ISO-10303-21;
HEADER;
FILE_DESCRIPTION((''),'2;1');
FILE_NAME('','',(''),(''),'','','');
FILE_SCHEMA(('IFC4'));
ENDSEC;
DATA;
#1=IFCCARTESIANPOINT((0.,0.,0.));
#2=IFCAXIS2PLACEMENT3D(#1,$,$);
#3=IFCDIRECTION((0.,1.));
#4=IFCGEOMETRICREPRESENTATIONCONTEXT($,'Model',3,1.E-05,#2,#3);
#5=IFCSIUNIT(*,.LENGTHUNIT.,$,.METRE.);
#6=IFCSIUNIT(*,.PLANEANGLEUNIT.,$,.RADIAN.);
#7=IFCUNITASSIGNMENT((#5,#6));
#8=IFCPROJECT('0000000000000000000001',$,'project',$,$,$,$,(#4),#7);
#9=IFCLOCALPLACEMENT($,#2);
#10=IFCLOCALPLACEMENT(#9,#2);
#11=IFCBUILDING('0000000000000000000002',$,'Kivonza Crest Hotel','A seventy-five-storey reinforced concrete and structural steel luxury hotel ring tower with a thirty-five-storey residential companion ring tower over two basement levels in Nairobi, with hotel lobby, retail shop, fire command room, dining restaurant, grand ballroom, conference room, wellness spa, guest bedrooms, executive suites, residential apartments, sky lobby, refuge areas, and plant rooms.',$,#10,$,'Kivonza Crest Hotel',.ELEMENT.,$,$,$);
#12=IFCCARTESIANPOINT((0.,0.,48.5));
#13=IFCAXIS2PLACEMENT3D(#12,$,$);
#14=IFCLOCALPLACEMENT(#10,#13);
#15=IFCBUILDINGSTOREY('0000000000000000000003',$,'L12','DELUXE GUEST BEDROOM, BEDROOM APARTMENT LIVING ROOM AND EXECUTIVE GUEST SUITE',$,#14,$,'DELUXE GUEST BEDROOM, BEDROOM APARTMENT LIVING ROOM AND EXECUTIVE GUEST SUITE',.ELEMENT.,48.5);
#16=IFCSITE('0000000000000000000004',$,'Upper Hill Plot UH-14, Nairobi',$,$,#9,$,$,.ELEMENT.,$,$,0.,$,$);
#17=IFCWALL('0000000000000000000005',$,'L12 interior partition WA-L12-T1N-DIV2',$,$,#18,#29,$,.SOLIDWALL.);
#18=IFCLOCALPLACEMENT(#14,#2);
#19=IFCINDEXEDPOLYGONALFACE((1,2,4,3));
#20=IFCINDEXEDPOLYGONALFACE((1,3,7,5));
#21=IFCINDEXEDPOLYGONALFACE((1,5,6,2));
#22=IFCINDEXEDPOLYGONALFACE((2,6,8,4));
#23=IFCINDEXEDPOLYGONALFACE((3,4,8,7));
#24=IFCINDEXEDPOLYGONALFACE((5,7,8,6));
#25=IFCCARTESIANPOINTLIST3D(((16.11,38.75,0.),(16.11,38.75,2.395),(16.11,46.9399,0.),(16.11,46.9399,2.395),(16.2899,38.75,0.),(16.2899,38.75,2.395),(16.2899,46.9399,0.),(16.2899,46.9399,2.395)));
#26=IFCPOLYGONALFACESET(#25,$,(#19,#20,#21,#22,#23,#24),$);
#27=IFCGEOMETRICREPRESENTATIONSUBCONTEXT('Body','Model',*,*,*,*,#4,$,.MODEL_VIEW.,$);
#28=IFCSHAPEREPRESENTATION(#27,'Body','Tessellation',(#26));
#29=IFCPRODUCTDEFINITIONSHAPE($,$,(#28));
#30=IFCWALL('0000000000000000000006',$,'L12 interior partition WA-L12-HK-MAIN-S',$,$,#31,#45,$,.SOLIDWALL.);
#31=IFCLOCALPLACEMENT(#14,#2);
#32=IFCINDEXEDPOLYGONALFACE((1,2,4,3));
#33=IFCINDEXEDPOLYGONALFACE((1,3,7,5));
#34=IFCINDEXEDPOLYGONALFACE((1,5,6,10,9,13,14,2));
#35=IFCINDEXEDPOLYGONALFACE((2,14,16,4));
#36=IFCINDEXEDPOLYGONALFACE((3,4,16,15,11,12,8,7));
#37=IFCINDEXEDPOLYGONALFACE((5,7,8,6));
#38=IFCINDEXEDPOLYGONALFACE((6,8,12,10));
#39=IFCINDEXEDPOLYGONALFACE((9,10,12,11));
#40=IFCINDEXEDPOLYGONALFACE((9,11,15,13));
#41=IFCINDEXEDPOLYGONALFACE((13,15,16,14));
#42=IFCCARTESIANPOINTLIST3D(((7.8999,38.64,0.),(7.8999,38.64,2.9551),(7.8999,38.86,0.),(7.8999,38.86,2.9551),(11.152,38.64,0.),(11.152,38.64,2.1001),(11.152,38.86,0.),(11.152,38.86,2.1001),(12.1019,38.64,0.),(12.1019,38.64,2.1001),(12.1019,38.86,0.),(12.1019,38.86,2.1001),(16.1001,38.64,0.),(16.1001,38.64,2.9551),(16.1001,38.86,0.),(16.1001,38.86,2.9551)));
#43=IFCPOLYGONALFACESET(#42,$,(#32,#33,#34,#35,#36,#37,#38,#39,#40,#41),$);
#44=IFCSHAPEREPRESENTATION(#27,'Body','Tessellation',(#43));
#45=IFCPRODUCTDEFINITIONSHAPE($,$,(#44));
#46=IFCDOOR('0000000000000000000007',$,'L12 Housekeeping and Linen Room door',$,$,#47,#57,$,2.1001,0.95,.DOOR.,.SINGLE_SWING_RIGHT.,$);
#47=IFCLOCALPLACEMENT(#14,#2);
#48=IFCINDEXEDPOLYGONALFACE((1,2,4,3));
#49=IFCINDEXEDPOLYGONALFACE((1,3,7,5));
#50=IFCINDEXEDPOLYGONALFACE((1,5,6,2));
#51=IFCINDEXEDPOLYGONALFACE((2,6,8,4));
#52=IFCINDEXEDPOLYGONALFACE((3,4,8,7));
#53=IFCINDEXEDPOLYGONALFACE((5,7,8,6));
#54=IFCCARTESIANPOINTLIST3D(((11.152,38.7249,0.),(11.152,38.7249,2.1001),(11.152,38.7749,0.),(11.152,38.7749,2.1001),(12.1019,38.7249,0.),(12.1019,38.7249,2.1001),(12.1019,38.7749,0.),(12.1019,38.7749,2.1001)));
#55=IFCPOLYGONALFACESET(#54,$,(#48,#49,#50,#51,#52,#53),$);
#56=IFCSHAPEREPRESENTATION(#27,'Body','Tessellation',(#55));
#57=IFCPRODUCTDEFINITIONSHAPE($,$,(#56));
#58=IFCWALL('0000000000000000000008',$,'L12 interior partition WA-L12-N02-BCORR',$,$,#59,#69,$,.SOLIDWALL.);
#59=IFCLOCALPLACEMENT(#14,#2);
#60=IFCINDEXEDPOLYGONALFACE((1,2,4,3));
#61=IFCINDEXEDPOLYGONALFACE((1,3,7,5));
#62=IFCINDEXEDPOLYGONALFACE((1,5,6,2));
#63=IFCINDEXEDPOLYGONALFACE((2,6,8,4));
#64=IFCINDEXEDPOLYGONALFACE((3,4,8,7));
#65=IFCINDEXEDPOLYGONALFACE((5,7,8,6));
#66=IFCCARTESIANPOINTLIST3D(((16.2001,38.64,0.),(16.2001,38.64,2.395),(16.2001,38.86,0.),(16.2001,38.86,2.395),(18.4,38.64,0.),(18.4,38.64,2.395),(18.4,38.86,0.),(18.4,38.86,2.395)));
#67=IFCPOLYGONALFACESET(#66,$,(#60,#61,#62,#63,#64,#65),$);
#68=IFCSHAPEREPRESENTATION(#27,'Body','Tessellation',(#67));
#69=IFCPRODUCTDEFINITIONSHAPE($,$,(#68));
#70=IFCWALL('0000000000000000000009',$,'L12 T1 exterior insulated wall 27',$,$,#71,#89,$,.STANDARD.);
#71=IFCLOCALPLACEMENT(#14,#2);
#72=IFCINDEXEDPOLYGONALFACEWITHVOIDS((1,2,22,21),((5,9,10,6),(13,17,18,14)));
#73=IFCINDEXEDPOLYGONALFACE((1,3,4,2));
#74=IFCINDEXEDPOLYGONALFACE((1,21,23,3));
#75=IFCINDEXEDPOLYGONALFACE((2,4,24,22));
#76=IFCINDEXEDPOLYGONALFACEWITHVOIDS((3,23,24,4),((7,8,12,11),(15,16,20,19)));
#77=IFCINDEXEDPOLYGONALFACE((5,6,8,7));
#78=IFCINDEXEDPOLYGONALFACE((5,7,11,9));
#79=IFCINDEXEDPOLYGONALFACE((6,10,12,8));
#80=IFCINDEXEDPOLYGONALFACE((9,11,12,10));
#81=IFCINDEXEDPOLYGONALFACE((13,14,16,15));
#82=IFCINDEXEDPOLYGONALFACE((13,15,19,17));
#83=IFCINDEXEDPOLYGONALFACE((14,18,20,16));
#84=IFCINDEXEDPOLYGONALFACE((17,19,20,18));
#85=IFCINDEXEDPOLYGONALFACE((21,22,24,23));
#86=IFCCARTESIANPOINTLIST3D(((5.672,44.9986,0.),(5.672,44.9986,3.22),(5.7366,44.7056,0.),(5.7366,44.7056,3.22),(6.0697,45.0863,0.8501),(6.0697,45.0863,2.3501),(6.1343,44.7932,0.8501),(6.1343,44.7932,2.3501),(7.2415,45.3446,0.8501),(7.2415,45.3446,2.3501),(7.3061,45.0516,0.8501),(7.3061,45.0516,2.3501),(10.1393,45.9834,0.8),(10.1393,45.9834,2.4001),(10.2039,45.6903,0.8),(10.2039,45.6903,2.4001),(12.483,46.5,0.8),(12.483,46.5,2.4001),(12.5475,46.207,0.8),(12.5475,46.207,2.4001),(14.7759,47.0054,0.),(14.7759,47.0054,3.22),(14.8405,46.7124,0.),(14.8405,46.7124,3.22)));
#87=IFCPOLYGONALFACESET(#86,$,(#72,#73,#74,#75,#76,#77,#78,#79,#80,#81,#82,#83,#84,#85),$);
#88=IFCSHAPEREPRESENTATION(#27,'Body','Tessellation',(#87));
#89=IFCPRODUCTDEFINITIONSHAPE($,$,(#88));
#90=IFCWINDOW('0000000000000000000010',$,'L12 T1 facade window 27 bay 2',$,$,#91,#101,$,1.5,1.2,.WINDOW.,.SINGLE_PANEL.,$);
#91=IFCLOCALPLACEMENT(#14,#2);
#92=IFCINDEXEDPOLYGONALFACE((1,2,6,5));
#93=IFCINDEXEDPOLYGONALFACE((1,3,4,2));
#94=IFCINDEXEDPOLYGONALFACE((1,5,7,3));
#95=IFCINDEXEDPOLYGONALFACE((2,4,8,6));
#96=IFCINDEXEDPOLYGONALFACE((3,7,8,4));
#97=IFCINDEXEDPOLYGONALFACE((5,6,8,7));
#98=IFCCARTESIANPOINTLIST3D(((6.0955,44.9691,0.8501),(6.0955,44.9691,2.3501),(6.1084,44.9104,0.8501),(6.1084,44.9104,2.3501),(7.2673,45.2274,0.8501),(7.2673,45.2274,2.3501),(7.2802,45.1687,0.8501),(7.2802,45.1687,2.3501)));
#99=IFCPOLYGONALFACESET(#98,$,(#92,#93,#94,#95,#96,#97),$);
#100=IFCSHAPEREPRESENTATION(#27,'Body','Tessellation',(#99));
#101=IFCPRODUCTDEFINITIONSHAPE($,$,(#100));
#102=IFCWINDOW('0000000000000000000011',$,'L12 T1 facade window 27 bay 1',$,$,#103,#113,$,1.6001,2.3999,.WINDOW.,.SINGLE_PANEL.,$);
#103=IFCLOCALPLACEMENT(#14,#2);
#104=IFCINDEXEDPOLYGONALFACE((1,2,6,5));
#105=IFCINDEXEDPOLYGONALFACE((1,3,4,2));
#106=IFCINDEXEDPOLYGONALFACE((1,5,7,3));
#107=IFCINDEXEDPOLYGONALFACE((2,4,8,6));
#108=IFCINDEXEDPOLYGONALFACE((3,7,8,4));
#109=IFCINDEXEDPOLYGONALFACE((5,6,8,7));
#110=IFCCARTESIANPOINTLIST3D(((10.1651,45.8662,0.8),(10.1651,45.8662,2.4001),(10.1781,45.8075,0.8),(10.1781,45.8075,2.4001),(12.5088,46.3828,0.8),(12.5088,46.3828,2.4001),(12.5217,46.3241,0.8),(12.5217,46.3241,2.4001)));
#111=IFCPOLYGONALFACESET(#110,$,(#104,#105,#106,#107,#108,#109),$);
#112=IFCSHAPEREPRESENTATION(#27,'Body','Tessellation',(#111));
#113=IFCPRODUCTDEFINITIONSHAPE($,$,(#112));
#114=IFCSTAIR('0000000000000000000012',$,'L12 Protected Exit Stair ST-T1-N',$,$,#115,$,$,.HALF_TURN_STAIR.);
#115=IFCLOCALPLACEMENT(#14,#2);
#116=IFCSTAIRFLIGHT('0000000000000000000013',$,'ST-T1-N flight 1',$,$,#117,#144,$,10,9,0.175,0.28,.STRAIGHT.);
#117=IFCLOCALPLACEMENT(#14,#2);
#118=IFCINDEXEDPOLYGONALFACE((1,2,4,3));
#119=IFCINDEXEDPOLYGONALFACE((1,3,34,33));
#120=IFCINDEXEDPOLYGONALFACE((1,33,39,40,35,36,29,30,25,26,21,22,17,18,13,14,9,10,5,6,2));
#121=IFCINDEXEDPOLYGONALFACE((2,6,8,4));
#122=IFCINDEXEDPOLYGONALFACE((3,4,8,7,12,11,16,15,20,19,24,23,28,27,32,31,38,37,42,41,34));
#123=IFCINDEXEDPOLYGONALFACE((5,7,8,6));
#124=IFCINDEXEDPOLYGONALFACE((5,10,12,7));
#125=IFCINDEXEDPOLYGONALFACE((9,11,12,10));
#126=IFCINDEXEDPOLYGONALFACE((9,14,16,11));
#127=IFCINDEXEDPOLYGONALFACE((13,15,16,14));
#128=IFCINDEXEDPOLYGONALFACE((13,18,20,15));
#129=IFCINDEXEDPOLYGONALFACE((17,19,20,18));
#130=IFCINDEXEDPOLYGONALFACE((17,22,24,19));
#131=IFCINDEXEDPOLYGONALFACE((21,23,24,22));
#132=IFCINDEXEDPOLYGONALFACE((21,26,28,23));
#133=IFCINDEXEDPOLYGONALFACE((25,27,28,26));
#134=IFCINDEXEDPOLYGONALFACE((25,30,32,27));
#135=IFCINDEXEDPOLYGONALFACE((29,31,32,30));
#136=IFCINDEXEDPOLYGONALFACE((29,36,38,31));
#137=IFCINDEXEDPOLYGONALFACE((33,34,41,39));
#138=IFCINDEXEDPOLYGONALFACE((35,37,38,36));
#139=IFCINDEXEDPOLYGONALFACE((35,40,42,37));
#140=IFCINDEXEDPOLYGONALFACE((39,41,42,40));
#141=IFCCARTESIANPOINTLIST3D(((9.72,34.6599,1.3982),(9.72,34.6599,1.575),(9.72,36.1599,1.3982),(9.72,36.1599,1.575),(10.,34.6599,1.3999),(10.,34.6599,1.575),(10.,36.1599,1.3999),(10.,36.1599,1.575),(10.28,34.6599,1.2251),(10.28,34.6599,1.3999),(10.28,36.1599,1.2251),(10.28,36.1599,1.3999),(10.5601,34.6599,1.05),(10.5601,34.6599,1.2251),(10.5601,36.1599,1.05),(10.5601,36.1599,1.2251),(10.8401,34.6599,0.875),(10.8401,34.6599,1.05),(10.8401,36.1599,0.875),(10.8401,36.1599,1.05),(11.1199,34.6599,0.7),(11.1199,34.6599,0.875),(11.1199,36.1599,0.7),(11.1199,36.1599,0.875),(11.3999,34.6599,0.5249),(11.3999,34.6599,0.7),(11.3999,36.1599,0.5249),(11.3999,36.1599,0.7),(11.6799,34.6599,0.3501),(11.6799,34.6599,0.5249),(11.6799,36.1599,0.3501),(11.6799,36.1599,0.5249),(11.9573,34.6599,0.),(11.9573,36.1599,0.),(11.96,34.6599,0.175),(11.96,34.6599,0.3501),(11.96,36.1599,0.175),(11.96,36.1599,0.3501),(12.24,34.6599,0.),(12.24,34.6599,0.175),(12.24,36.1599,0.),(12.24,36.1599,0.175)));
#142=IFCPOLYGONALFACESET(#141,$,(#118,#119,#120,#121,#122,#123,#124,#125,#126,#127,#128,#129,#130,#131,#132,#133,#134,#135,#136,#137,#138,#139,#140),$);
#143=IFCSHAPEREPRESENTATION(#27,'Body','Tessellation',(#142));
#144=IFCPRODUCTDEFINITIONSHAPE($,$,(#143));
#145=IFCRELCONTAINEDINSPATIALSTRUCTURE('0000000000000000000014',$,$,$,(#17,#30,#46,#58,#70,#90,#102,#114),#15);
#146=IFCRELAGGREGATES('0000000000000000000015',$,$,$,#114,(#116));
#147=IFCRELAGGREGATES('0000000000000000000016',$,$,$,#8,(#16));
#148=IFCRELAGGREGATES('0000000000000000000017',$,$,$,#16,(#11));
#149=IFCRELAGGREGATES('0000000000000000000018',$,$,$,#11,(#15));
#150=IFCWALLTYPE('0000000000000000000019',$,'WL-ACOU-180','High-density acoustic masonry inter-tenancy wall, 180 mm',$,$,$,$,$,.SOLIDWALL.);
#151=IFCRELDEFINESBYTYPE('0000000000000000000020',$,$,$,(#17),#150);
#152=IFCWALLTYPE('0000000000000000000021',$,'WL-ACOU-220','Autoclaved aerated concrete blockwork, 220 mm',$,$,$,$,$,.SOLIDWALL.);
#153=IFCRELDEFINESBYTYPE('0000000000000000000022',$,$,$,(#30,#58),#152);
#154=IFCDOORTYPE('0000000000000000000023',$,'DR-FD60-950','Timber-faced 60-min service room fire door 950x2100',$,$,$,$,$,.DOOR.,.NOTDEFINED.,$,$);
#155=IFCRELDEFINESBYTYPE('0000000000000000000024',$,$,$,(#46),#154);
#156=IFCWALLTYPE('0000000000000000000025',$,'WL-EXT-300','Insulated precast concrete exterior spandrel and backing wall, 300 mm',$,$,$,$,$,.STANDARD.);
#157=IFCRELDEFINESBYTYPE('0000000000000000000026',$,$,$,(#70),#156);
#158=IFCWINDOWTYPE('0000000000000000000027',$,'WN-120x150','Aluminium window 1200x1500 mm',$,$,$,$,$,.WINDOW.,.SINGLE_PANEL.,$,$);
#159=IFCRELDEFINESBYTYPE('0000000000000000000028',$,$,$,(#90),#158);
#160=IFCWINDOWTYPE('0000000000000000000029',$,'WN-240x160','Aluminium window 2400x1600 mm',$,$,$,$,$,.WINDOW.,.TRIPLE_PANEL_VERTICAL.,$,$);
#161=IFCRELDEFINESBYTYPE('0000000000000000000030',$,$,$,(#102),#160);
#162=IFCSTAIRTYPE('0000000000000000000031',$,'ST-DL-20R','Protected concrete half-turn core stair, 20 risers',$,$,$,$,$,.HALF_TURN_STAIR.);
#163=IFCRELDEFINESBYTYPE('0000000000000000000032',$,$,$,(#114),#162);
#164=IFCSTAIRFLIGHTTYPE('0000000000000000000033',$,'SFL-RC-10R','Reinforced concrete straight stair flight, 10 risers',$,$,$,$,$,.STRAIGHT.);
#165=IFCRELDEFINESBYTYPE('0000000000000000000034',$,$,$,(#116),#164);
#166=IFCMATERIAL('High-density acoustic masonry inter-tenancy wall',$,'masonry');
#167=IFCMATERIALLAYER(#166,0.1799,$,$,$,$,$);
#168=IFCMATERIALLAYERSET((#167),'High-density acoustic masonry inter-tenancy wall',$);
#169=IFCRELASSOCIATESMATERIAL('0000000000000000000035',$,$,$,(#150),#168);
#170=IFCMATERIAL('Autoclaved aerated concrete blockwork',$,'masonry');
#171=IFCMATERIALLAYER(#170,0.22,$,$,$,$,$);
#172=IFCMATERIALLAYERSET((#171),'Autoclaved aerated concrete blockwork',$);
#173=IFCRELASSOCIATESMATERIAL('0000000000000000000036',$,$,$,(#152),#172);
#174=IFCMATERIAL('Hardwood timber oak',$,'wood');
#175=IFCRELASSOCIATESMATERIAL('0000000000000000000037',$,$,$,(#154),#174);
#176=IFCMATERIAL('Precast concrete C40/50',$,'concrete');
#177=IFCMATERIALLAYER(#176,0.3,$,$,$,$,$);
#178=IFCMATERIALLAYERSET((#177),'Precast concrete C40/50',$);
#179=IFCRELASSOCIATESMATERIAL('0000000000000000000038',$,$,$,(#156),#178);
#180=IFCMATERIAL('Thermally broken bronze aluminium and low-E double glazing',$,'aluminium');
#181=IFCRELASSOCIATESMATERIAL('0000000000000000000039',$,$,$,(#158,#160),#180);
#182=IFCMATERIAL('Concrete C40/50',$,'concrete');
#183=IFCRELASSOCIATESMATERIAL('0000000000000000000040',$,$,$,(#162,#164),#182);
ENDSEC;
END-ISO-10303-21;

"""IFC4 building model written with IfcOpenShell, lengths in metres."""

from ifc_helpers import new_model, si_unit, direction, frame, frame_2d, origin, place, context, subcontext, project, spatial, polyline, rectangle, outline, extrude, material, layer, layer_set, type_object, element, fill, aggregate, save


model = new_model("IFC4")

# Units and contexts
model_context = context("Model", 3, precision=1e-05, world=origin(), true_north=direction((0.0, 1.0)))
body_context = subcontext(model_context, "Body", "Model", "MODEL_VIEW")
ifc_project = project(units=[si_unit("LENGTHUNIT", "METRE"), si_unit("PLANEANGLEUNIT", "RADIAN")], contexts=[model_context])

# Site, building, storey
site_placement = place(None, origin())
site = spatial("IfcSite", under=ifc_project, at=site_placement, Name="Upper Hill Plot UH-14, Nairobi", CompositionType="ELEMENT", RefElevation=0.0)
building_placement = place(site_placement, origin())
building = spatial("IfcBuilding", under=site, at=building_placement, Name="Kivonza Crest Hotel", Description="A seventy-five-storey reinforced concrete and structural steel luxury hotel ring tower with a thirty-five-storey residential companion ring tower over two basement levels in Nairobi, with hotel lobby, retail shop, fire command room, dining restaurant, grand ballroom, conference room, wellness spa, guest bedrooms, executive suites, residential apartments, sky lobby, refuge areas, and plant rooms.", LongName="Kivonza Crest Hotel", CompositionType="ELEMENT")
storey_placement = place(building_placement, frame((0.0, 0.0, 48.5)))
storey = spatial("IfcBuildingStorey", under=building, at=storey_placement, Name="L12", Description="DELUXE GUEST BEDROOM, BEDROOM APARTMENT LIVING ROOM AND EXECUTIVE GUEST SUITE", LongName="DELUXE GUEST BEDROOM, BEDROOM APARTMENT LIVING ROOM AND EXECUTIVE GUEST SUITE", CompositionType="ELEMENT", Elevation=48.5)

# Wall
ifc_material_1 = material(Name="High-density acoustic masonry inter-tenancy wall", Category="masonry")
ifc_layer_1 = layer(ifc_material_1, 0.1799)
ifc_layer_set_1 = layer_set([ifc_layer_1], Name="High-density acoustic masonry inter-tenancy wall")
wall_type_1 = type_object("IfcWallType", Name="WL-ACOU-180", Description="High-density acoustic masonry inter-tenancy wall, 180 mm", PredefinedType="SOLIDWALL", material=ifc_layer_set_1)
wall_1_placement = place(storey_placement, frame((16.2, 38.75, 0.0), z_axis=(0.0, 0.0, 1.0), x_axis=(0.0, 1.0, 0.0)))
element("IfcWall", 1, at=wall_1_placement, inside=storey, type_object=wall_type_1, Name="L12 interior partition WA-L12-T1N-DIV2", PredefinedType="SOLIDWALL", context=body_context, shape_type="SweptSolid", body=[
    extrude(rectangle(XDim=8.1899, YDim=0.1799, at=frame_2d((4.095, 0.0))), origin(), (0.0, 0.0, 1.0), 2.395),
])

# Wall, opening, door
ifc_material_2 = material(Name="Autoclaved aerated concrete blockwork", Category="masonry")
ifc_layer_2 = layer(ifc_material_2, 0.22)
ifc_layer_set_2 = layer_set([ifc_layer_2], Name="Autoclaved aerated concrete blockwork")
wall_type_2 = type_object("IfcWallType", Name="WL-ACOU-220", Description="Autoclaved aerated concrete blockwork, 220 mm", PredefinedType="SOLIDWALL", material=ifc_layer_set_2)
wall_2_placement = place(storey_placement, frame((7.8999, 38.75, 0.0), z_axis=(0.0, 0.0, 1.0), x_axis=(1.0, 0.0, 0.0)))
wall_2 = element("IfcWall", 2, at=wall_2_placement, inside=storey, type_object=wall_type_2, Name="L12 interior partition WA-L12-HK-MAIN-S", PredefinedType="SOLIDWALL", context=body_context, shape_type="SweptSolid", body=[
    extrude(rectangle(XDim=8.2002, YDim=0.22, at=frame_2d((4.1001, 0.0))), origin(), (0.0, 0.0, 1.0), 2.9551),
])
opening_1_placement = place(wall_2_placement, frame((3.252, 0.0, 0.0)))
opening_1 = element("IfcOpeningElement", 3, at=opening_1_placement, cuts=wall_2, PredefinedType="OPENING", context=body_context, shape_type="SweptSolid", body=[
    extrude(rectangle(XDim=0.95, YDim=2.1001, at=frame_2d((0.4751, 1.05))), frame((0.0, 0.1201, 0.0), z_axis=(0.0, -1.0, 0.0), x_axis=(1.0, 0.0, 0.0)), (0.0, 0.0, 1.0), 0.24),
])
ifc_material_3 = material(Name="Hardwood timber oak", Category="wood")
door_type = type_object("IfcDoorType", Name="DR-FD60-950", Description="Timber-faced 60-min service room fire door 950x2100", OperationType="NOTDEFINED", PredefinedType="DOOR", material=ifc_material_3)
door_placement = place(opening_1_placement, origin())
door = element("IfcDoor", 4, at=door_placement, inside=storey, type_object=door_type, Name="L12 Housekeeping and Linen Room door", OperationType="SINGLE_SWING_RIGHT", OverallHeight=2.1001, OverallWidth=0.95, PredefinedType="DOOR", context=body_context, shape_type="SweptSolid", body=[
    extrude(rectangle(XDim=0.95, YDim=2.1001, at=frame_2d((0.4751, 1.05))), frame((0.0, 0.0249, 0.0), z_axis=(0.0, -1.0, 0.0), x_axis=(1.0, 0.0, 0.0)), (0.0, 0.0, 1.0), 0.05),
])
fill(opening_1, door)

# Wall
wall_3_placement = place(storey_placement, frame((16.2, 38.75, 0.0), z_axis=(0.0, 0.0, 1.0), x_axis=(1.0, 0.0, 0.0)))
element("IfcWall", 5, at=wall_3_placement, inside=storey, type_object=wall_type_2, Name="L12 interior partition WA-L12-N02-BCORR", PredefinedType="SOLIDWALL", context=body_context, shape_type="SweptSolid", body=[
    extrude(rectangle(XDim=2.2, YDim=0.22, at=frame_2d((1.1001, 0.0))), origin(), (0.0, 0.0, 1.0), 2.395),
])

# Wall, openings, windows
ifc_material_4 = material(Name="Precast concrete C40/50", Category="concrete")
ifc_layer_3 = layer(ifc_material_4, 0.3)
ifc_layer_set_3 = layer_set([ifc_layer_3], Name="Precast concrete C40/50")
wall_type_3 = type_object("IfcWallType", Name="WL-EXT-300", Description="Insulated precast concrete exterior spandrel and backing wall, 300 mm", PredefinedType="STANDARD", material=ifc_layer_set_3)
wall_4_placement = place(storey_placement, frame((14.8081, 46.8589, 0.0), z_axis=(0.0, 0.0, 1.0), x_axis=(-0.976555, -0.215266, 0.0)))
wall_4 = element("IfcWall", 6, at=wall_4_placement, inside=storey, type_object=wall_type_3, Name="L12 T1 exterior insulated wall 27", PredefinedType="STANDARD", context=body_context, shape_type="SweptSolid", body=[
    extrude(rectangle(XDim=9.3225, YDim=0.3, at=frame_2d((4.6611, 0.0))), origin(), (0.0, 0.0, 1.0), 3.22),
])
opening_2_placement = place(wall_4_placement, frame((2.3479, 0.0, 0.8)))
opening_2 = element("IfcOpeningElement", 7, at=opening_2_placement, cuts=wall_4, PredefinedType="OPENING", context=body_context, shape_type="SweptSolid", body=[
    extrude(rectangle(XDim=2.3999, YDim=1.6001, at=frame_2d((1.2, 0.8))), frame((0.0, 0.1602, 0.0), z_axis=(0.0, -1.0, 0.0), x_axis=(1.0, 0.0, 0.0)), (0.0, 0.0, 1.0), 0.3201),
])
opening_3_placement = place(wall_4_placement, frame((7.7151, 0.0, 0.8501)))
opening_3 = element("IfcOpeningElement", 8, at=opening_3_placement, cuts=wall_4, PredefinedType="OPENING", context=body_context, shape_type="SweptSolid", body=[
    extrude(rectangle(XDim=1.2, YDim=1.5, at=frame_2d((0.6001, 0.75))), frame((0.0, 0.1602, 0.0), z_axis=(0.0, -1.0, 0.0), x_axis=(1.0, 0.0, 0.0)), (0.0, 0.0, 1.0), 0.3201),
])
ifc_material_5 = material(Name="Thermally broken bronze aluminium and low-E double glazing", Category="aluminium")
window_type_1 = type_object("IfcWindowType", Name="WN-120x150", Description="Aluminium window 1200x1500 mm", PartitioningType="SINGLE_PANEL", PredefinedType="WINDOW", material=ifc_material_5)
window_1_placement = place(opening_3_placement, origin())
window_1 = element("IfcWindow", 9, at=window_1_placement, inside=storey, type_object=window_type_1, Name="L12 T1 facade window 27 bay 2", OverallHeight=1.5, OverallWidth=1.2, PartitioningType="SINGLE_PANEL", PredefinedType="WINDOW", context=body_context, shape_type="SweptSolid", body=[
    extrude(rectangle(XDim=1.2, YDim=1.5, at=frame_2d((0.6001, 0.75))), frame((0.0, 0.03, 0.0), z_axis=(0.0, -1.0, 0.0), x_axis=(1.0, 0.0, 0.0)), (0.0, 0.0, 1.0), 0.0601),
])
fill(opening_3, window_1)
window_type_2 = type_object("IfcWindowType", Name="WN-240x160", Description="Aluminium window 2400x1600 mm", PartitioningType="TRIPLE_PANEL_VERTICAL", PredefinedType="WINDOW", material=ifc_material_5)
window_2_placement = place(opening_2_placement, origin())
window_2 = element("IfcWindow", 10, at=window_2_placement, inside=storey, type_object=window_type_2, Name="L12 T1 facade window 27 bay 1", OverallHeight=1.6001, OverallWidth=2.3999, PartitioningType="SINGLE_PANEL", PredefinedType="WINDOW", context=body_context, shape_type="SweptSolid", body=[
    extrude(rectangle(XDim=2.3999, YDim=1.6001, at=frame_2d((1.2, 0.8))), frame((0.0, 0.03, 0.0), z_axis=(0.0, -1.0, 0.0), x_axis=(1.0, 0.0, 0.0)), (0.0, 0.0, 1.0), 0.0601),
])
fill(opening_2, window_2)

# Stair, stair flight
ifc_material_6 = material(Name="Concrete C40/50", Category="concrete")
stair_type = type_object("IfcStairType", Name="ST-DL-20R", Description="Protected concrete half-turn core stair, 20 risers", PredefinedType="HALF_TURN_STAIR", material=ifc_material_6)
stair_placement = place(storey_placement, origin())
stair = element("IfcStair", 11, at=stair_placement, inside=storey, type_object=stair_type, Name="L12 Protected Exit Stair ST-T1-N", PredefinedType="HALF_TURN_STAIR")
stair_flight_type = type_object("IfcStairFlightType", Name="SFL-RC-10R", Description="Reinforced concrete straight stair flight, 10 risers", PredefinedType="STRAIGHT", material=ifc_material_6)
stair_flight_placement = place(storey_placement, frame((12.24, 35.4099, 0.0), z_axis=(0.0, 0.0, 1.0), x_axis=(-1.0, 0.0, 0.0)))
stair_flight = element("IfcStairFlight", 12, at=stair_flight_placement, type_object=stair_flight_type, Name="ST-T1-N flight 1", NumberOfRisers=10, NumberOfTreads=9, PredefinedType="STRAIGHT", RiserHeight=0.175, TreadLength=0.28, context=body_context, shape_type="SweptSolid", body=[
    extrude(outline(polyline([(0.0, 0.0), (0.0, 0.175), (0.28, 0.175), (0.28, 0.3501), (0.5601, 0.3501), (0.5601, 0.5249), (0.8401, 0.5249), (0.8401, 0.7), (1.1201, 0.7), (1.1201, 0.875), (1.3999, 0.875), (1.3999, 1.05), (1.6799, 1.05), (1.6799, 1.2251), (1.96, 1.2251), (1.96, 1.3999), (2.24, 1.3999), (2.24, 1.575), (2.52, 1.575), (2.52, 1.75), (2.52, 1.3982), (0.2827, 0.0), (0.0, 0.0)])), frame((0.0, 0.75, 0.0), z_axis=(0.0, -1.0, 0.0), x_axis=(1.0, 0.0, 0.0)), (0.0, 0.0, 1.0), 1.5),
])
aggregate(stair, [stair_flight])

save(model, "model.ifc")
